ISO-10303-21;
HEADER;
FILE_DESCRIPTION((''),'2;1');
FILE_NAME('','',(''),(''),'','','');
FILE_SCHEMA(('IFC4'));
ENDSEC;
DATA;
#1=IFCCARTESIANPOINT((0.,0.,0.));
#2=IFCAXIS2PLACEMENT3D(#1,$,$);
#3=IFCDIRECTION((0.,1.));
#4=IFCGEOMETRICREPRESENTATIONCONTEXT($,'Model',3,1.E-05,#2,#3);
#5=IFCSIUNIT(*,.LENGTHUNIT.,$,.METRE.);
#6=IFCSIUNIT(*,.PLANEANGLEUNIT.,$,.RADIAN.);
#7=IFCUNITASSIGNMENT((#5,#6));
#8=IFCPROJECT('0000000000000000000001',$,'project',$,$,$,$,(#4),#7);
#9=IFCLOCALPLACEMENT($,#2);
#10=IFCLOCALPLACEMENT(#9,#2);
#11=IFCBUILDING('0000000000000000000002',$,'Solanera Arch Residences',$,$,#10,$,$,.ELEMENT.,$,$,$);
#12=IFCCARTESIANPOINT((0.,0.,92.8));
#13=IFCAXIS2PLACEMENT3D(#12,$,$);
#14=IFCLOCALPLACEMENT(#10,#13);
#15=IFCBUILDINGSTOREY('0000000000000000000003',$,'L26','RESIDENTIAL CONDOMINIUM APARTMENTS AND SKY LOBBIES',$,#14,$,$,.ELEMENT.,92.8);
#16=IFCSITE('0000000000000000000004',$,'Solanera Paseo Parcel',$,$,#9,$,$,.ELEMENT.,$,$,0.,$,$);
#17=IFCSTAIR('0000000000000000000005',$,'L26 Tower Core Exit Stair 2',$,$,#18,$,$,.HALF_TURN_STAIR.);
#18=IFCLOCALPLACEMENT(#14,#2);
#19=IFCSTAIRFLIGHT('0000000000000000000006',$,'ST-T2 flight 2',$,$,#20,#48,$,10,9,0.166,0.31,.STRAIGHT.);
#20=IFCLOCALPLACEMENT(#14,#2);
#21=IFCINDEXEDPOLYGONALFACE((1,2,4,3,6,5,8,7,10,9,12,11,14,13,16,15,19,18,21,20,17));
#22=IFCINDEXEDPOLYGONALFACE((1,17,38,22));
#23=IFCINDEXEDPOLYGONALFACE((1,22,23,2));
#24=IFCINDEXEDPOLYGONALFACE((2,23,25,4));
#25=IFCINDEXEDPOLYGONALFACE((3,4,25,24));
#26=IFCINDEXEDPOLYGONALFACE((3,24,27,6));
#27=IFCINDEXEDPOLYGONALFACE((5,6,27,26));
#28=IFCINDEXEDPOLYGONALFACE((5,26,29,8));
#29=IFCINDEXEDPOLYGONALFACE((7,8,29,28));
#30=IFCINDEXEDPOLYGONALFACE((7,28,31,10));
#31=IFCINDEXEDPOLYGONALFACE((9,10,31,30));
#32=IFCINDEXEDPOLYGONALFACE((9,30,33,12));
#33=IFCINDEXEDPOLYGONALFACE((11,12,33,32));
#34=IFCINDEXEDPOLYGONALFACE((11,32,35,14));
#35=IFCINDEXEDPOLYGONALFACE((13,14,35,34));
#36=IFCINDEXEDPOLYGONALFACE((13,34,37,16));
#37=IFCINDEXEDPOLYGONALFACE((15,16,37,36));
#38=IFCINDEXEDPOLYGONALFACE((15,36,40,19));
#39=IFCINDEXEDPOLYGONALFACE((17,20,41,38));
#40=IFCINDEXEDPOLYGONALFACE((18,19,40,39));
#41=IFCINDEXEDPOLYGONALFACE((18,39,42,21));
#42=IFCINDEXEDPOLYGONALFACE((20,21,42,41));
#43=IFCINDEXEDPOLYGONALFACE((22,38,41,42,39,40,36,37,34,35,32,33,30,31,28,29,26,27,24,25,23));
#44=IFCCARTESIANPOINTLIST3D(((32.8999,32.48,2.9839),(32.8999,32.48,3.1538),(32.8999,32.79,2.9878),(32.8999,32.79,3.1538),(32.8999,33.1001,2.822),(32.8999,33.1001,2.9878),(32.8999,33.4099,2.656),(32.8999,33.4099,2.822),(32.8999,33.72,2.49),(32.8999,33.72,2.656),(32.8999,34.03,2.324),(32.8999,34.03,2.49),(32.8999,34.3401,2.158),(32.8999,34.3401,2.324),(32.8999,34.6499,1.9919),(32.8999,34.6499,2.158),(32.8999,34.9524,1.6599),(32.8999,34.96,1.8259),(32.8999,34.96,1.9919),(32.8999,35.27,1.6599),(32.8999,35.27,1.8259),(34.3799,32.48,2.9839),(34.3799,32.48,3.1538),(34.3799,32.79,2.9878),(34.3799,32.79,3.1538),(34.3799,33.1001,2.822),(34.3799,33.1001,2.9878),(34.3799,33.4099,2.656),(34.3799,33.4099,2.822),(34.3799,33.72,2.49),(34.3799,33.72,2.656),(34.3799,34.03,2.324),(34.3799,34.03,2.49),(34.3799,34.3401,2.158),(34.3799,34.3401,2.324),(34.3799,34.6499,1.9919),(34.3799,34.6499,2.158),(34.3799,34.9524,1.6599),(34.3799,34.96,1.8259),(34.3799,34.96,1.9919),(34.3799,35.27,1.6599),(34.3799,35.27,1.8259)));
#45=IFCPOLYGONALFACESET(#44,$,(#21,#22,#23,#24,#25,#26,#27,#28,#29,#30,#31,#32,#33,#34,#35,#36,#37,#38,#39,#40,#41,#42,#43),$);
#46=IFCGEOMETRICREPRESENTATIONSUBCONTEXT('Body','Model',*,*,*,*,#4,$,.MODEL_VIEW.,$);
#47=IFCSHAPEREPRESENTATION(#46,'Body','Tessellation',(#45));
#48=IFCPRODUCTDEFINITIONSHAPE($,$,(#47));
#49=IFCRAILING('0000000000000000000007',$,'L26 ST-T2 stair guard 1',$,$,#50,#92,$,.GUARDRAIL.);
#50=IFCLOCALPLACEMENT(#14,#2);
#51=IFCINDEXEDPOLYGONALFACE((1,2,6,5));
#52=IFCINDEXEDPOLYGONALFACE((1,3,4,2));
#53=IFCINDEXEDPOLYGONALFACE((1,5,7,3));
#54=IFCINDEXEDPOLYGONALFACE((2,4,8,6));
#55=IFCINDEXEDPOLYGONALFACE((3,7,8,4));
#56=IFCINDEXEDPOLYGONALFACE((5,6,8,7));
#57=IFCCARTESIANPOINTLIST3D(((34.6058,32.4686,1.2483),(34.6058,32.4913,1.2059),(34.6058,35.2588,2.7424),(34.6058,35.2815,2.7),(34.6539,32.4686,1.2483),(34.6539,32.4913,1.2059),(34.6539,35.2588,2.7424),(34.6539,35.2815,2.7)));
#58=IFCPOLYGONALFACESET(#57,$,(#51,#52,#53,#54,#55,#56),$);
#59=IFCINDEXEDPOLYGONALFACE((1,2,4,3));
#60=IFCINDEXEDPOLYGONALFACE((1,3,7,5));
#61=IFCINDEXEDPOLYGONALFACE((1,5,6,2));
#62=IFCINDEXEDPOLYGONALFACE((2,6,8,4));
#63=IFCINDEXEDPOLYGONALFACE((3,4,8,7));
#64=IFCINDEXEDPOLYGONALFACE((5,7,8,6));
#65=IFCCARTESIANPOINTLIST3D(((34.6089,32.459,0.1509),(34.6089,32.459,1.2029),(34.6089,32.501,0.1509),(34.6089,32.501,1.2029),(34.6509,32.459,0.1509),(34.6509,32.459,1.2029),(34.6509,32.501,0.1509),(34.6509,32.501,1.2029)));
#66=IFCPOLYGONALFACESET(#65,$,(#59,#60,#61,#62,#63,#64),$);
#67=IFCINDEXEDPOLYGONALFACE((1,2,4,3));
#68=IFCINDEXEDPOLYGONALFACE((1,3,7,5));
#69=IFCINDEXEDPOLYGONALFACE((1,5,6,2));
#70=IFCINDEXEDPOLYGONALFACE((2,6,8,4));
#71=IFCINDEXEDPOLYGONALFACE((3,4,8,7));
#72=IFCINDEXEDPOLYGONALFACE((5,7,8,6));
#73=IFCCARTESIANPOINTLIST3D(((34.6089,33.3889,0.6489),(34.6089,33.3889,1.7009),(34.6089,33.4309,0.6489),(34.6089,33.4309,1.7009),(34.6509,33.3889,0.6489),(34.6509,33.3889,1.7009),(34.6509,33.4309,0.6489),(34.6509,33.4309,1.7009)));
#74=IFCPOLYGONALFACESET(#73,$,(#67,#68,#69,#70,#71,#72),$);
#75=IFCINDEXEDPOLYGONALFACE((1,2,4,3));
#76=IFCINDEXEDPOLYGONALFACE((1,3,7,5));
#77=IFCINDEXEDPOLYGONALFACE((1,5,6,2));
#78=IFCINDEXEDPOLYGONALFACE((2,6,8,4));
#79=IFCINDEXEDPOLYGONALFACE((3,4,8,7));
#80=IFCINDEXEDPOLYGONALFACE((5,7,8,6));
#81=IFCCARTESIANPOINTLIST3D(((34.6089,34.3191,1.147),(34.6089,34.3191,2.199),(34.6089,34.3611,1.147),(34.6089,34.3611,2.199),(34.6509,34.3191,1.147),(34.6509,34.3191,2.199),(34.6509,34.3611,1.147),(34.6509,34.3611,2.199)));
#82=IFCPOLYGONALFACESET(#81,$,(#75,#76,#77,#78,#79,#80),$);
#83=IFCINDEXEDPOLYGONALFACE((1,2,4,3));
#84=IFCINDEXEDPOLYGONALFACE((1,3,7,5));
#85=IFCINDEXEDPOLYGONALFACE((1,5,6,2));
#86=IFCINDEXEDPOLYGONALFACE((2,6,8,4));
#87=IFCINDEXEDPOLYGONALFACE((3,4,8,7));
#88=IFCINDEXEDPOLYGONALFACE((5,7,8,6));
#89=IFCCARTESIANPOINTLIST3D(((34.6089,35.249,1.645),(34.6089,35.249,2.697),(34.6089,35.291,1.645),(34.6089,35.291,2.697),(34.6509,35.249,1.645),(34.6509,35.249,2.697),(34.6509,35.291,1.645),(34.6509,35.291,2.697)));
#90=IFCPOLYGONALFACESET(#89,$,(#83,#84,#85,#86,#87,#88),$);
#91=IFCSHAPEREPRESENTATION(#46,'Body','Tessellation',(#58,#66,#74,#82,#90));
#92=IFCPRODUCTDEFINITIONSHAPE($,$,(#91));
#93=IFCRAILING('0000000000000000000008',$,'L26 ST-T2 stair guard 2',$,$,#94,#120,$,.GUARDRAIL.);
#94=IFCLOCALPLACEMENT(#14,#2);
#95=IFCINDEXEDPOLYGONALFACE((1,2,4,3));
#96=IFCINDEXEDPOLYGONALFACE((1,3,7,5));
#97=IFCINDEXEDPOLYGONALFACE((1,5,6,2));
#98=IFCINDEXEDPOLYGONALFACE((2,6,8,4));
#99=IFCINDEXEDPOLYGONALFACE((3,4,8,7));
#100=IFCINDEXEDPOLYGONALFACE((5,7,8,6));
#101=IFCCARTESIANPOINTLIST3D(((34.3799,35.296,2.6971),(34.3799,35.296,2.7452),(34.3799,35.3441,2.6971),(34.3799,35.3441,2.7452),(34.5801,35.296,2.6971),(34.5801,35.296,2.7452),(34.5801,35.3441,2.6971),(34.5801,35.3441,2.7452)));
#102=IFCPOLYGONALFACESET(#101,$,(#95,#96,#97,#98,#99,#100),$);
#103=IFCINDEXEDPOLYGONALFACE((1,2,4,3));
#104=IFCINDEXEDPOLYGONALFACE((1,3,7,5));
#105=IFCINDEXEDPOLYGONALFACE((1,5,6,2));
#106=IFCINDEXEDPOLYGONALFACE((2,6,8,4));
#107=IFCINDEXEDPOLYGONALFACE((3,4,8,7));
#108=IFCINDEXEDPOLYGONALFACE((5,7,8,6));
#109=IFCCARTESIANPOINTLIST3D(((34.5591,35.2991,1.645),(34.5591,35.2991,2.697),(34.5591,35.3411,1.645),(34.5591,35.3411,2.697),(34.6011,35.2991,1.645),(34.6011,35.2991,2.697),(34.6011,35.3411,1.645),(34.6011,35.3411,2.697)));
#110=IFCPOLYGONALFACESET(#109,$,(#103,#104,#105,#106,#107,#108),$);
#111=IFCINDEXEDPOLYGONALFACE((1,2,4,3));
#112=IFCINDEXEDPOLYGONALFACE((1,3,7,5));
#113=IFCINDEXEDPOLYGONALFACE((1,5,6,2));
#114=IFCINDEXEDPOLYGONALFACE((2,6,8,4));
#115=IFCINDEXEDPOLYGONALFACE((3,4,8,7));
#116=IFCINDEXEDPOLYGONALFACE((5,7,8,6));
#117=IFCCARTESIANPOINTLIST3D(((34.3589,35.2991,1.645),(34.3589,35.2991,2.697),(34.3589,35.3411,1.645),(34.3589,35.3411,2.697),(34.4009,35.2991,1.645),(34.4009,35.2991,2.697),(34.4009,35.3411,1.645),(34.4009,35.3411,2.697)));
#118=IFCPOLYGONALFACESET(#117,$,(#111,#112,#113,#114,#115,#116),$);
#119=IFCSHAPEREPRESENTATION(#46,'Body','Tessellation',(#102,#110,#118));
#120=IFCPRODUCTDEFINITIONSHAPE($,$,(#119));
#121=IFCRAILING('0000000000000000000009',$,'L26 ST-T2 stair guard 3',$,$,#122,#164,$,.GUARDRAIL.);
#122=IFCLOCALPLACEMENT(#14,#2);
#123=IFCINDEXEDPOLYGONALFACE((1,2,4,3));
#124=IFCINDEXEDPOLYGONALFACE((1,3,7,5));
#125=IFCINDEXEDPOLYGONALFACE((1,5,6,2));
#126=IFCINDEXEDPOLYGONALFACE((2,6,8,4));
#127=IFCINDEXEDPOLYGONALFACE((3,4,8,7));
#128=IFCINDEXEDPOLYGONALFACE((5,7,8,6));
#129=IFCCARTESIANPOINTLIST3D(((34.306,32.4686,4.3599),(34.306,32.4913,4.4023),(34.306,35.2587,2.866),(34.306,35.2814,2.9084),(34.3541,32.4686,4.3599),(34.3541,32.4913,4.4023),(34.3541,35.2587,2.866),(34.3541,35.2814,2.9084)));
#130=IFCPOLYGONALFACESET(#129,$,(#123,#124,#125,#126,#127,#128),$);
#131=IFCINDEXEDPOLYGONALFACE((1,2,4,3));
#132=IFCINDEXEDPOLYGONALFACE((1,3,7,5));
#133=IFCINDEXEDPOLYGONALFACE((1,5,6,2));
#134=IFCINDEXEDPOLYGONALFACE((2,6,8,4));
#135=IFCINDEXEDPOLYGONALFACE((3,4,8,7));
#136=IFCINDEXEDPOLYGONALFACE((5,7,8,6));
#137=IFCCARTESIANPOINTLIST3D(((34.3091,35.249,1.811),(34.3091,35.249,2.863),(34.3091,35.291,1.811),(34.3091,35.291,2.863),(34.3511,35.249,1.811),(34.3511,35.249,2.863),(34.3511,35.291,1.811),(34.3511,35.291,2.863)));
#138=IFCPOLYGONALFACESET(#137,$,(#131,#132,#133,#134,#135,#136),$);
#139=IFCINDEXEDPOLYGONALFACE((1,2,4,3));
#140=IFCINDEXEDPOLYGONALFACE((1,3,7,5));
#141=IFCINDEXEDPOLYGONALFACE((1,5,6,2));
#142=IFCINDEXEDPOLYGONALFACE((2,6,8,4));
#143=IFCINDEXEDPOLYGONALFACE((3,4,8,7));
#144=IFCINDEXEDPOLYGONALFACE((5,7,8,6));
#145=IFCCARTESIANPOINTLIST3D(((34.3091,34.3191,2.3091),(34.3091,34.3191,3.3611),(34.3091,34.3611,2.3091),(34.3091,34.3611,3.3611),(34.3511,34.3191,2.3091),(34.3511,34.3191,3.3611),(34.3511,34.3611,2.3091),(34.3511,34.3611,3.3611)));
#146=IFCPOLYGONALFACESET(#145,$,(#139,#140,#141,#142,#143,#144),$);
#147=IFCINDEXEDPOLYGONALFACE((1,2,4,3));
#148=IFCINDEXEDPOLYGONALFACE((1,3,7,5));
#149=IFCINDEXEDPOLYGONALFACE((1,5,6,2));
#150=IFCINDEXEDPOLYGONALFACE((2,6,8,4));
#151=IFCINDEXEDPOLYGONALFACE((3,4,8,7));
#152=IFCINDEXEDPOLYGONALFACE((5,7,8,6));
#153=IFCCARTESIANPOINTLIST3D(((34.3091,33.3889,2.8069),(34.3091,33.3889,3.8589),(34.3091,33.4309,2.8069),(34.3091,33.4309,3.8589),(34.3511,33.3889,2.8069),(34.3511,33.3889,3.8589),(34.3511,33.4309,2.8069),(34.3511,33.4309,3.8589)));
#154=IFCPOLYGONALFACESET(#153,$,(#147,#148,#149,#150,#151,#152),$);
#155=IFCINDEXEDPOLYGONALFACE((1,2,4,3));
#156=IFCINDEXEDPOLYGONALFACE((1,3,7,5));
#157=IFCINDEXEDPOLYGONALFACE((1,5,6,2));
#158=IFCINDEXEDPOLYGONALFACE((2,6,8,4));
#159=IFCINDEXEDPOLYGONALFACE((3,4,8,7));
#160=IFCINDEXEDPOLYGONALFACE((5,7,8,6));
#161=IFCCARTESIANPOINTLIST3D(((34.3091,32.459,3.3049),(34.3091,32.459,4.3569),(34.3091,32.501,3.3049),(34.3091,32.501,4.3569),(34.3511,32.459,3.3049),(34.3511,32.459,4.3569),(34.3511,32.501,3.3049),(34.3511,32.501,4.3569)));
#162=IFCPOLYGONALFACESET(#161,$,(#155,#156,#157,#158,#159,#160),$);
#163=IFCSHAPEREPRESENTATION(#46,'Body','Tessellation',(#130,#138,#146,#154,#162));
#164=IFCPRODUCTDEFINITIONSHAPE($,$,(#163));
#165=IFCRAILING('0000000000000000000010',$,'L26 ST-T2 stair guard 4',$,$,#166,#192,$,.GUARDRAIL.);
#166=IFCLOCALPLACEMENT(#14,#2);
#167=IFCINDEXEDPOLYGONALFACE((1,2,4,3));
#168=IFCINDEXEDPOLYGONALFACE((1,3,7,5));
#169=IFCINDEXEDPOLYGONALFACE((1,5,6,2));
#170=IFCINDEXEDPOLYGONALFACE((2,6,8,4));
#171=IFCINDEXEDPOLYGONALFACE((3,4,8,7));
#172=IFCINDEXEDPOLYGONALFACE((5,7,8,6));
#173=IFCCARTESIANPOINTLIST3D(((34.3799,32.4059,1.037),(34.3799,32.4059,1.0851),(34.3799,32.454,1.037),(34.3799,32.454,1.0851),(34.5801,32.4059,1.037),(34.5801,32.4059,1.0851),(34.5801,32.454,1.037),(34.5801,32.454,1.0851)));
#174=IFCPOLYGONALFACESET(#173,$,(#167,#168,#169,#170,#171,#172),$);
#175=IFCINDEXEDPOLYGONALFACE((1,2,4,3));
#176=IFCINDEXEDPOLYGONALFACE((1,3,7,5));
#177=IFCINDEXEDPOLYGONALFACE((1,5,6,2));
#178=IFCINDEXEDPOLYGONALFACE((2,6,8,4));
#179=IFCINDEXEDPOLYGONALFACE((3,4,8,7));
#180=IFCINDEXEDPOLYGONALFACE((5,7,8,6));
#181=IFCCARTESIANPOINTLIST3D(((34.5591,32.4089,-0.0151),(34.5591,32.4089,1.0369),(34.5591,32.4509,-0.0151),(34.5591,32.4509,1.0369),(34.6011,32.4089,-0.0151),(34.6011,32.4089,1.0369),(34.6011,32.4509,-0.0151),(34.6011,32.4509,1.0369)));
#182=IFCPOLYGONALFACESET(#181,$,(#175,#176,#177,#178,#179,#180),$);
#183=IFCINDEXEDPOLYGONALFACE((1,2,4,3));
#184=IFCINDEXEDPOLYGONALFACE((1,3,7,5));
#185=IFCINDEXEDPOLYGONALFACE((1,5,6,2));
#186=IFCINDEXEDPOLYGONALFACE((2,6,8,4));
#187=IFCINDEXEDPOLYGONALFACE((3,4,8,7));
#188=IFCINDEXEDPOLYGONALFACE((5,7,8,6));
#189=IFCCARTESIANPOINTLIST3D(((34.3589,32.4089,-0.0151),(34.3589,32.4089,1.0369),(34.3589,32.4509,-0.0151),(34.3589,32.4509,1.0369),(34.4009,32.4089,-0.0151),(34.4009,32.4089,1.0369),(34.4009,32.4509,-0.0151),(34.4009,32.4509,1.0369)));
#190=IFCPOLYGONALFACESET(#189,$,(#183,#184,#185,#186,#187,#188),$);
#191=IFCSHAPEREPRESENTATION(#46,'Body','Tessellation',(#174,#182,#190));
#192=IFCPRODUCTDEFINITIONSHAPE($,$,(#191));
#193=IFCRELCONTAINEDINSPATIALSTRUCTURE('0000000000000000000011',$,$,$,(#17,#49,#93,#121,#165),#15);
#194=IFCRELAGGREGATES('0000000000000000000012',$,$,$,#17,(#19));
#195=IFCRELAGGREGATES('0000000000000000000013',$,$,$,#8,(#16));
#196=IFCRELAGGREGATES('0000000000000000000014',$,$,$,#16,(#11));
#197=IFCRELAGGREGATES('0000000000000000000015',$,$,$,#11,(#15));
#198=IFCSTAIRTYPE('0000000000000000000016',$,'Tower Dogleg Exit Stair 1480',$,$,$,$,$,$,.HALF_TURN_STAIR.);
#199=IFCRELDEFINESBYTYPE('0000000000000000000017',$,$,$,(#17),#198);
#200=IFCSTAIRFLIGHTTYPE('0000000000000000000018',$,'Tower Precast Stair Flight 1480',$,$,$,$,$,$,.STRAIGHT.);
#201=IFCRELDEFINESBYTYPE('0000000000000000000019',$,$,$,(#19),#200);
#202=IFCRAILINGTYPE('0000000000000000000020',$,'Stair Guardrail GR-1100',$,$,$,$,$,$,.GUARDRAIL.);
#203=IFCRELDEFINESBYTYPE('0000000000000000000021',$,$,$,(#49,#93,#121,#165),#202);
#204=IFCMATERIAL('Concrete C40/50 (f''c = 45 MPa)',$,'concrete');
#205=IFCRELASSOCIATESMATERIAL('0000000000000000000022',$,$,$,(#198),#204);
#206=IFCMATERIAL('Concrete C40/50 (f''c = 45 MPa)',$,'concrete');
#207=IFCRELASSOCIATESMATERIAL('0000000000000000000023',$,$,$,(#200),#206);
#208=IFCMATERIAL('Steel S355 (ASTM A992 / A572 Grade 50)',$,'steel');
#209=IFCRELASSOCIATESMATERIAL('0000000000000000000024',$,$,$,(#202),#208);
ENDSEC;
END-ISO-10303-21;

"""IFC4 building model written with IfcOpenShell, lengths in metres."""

from ifc_helpers import new_model, si_unit, direction, frame, origin, origin_2d, place, context, subcontext, project, spatial, polyline, rectangle, outline, extrude, material, type_object, element, aggregate, save


model = new_model("IFC4")

# Units and contexts
model_context = context("Model", 3, precision=1e-05, world=origin(), true_north=direction((0.0, 1.0)))
body_context = subcontext(model_context, "Body", "Model", "MODEL_VIEW")
ifc_project = project(units=[si_unit("LENGTHUNIT", "METRE"), si_unit("PLANEANGLEUNIT", "RADIAN")], contexts=[model_context])

# Site, building, storey
site_placement = place(None, origin())
site = spatial("IfcSite", under=ifc_project, at=site_placement, Name="Solanera Paseo Parcel", CompositionType="ELEMENT", RefElevation=0.0)
building_placement = place(site_placement, origin())
building = spatial("IfcBuilding", under=site, at=building_placement, Name="Solanera Arch Residences", CompositionType="ELEMENT")
storey_placement = place(building_placement, frame((0.0, 0.0, 92.8)))
storey = spatial("IfcBuildingStorey", under=building, at=storey_placement, Name="L26", Description="RESIDENTIAL CONDOMINIUM APARTMENTS AND SKY LOBBIES", CompositionType="ELEMENT", Elevation=92.8)

# Stair, stair flight
ifc_material_1 = material(Name="Concrete C40/50 (f'c = 45 MPa)", Category="concrete")
stair_type = type_object("IfcStairType", Name="Tower Dogleg Exit Stair 1480", PredefinedType="HALF_TURN_STAIR", material=ifc_material_1)
stair_placement = place(storey_placement, origin())
stair = element("IfcStair", 1, at=stair_placement, inside=storey, type_object=stair_type, Name="L26 Tower Core Exit Stair 2", PredefinedType="HALF_TURN_STAIR")
ifc_material_2 = material(Name="Concrete C40/50 (f'c = 45 MPa)", Category="concrete")
stair_flight_type = type_object("IfcStairFlightType", Name="Tower Precast Stair Flight 1480", PredefinedType="STRAIGHT", material=ifc_material_2)
stair_flight_1_placement = place(storey_placement, frame((33.6399, 35.27, 1.6599), z_axis=(0.0, 0.0, 1.0), x_axis=(0.0, -1.0, 0.0)))
stair_flight_1 = element("IfcStairFlight", 2, at=stair_flight_1_placement, type_object=stair_flight_type, Name="ST-T2 flight 2", NumberOfRisers=10, NumberOfTreads=9, PredefinedType="STRAIGHT", RiserHeight=0.166, TreadLength=0.31, context=body_context, shape_type="SweptSolid", body=[
    extrude(outline(polyline([(0.0, 0.0), (0.0, 0.166), (0.3101, 0.166), (0.3101, 0.332), (0.6201, 0.332), (0.6201, 0.498), (0.9299, 0.498), (0.9299, 0.6641), (1.24, 0.6641), (1.24, 0.8301), (1.55, 0.8301), (1.55, 0.9961), (1.8601, 0.9961), (1.8601, 1.1621), (2.1699, 1.1621), (2.1699, 1.3279), (2.48, 1.3279), (2.48, 1.4939), (2.79, 1.4939), (2.79, 1.6599), (2.79, 1.324), (0.3176, 0.0), (0.0, 0.0)])), frame((0.0, 0.74, 0.0), z_axis=(0.0, -1.0, 0.0), x_axis=(1.0, 0.0, 0.0)), (0.0, 0.0, 1.0), 1.48),
])
aggregate(stair, [stair_flight_1])

# Railings
ifc_material_3 = material(Name="Steel S355 (ASTM A992 / A572 Grade 50)", Category="steel")
railing_type_1 = type_object("IfcRailingType", Name="Stair Guardrail GR-1100", PredefinedType="GUARDRAIL", material=ifc_material_3)
railing_1_placement = place(storey_placement, frame((34.6299, 32.48, 0.1509)))
element("IfcRailing", 3, at=railing_1_placement, inside=storey, type_object=railing_type_1, Name="L26 ST-T2 stair guard 1", PredefinedType="GUARDRAIL", context=body_context, shape_type="SweptSolid", body=[
    extrude(rectangle(XDim=0.0481, YDim=0.0481, at=origin_2d()), frame((0.0, 0.0, 1.0762), z_axis=(0.0, 0.881549, 0.472093), x_axis=(-1.0, 0.0, 0.0)), (0.0, 0.0, 1.0), 3.165),
    extrude(rectangle(XDim=0.042, YDim=0.042, at=origin_2d()), origin(), (0.0, 0.0, 1.0), 1.052),
    extrude(rectangle(XDim=0.042, YDim=0.042, at=origin_2d()), frame((0.0, 0.9299, 0.498)), (0.0, 0.0, 1.0), 1.052),
    extrude(rectangle(XDim=0.042, YDim=0.042, at=origin_2d()), frame((0.0, 1.8601, 0.9961)), (0.0, 0.0, 1.0), 1.052),
    extrude(rectangle(XDim=0.042, YDim=0.042, at=origin_2d()), frame((0.0, 2.79, 1.4941)), (0.0, 0.0, 1.0), 1.052),
])
railing_2_placement = place(storey_placement, frame((34.5801, 35.3201, 1.645)))
element("IfcRailing", 4, at=railing_2_placement, inside=storey, type_object=railing_type_1, Name="L26 ST-T2 stair guard 2", PredefinedType="GUARDRAIL", context=body_context, shape_type="SweptSolid", body=[
    extrude(rectangle(XDim=0.0481, YDim=0.0481, at=origin_2d()), frame((0.0, 0.0, 1.0762), z_axis=(-1.0, 0.0, 0.0), x_axis=(0.0, -1.0, 0.0)), (0.0, 0.0, 1.0), 0.2002),
    extrude(rectangle(XDim=0.042, YDim=0.042, at=origin_2d()), origin(), (0.0, 0.0, 1.0), 1.052),
    extrude(rectangle(XDim=0.042, YDim=0.042, at=origin_2d()), frame((-0.2002, 0.0, 0.0)), (0.0, 0.0, 1.0), 1.052),
])
railing_3_placement = place(storey_placement, frame((34.3301, 35.27, 1.811)))
element("IfcRailing", 5, at=railing_3_placement, inside=storey, type_object=railing_type_1, Name="L26 ST-T2 stair guard 3", PredefinedType="GUARDRAIL", context=body_context, shape_type="SweptSolid", body=[
    extrude(rectangle(XDim=0.0481, YDim=0.0481, at=origin_2d()), frame((0.0, 0.0, 1.0762), z_axis=(0.0, -0.881581, 0.472033), x_axis=(1.0, 0.0, 0.0)), (0.0, 0.0, 1.0), 3.1648),
    extrude(rectangle(XDim=0.042, YDim=0.042, at=origin_2d()), origin(), (0.0, 0.0, 1.0), 1.052),
    extrude(rectangle(XDim=0.042, YDim=0.042, at=origin_2d()), frame((0.0, -0.9299, 0.498)), (0.0, 0.0, 1.0), 1.052),
    extrude(rectangle(XDim=0.042, YDim=0.042, at=origin_2d()), frame((0.0, -1.8601, 0.9958)), (0.0, 0.0, 1.0), 1.052),
    extrude(rectangle(XDim=0.042, YDim=0.042, at=origin_2d()), frame((0.0, -2.79, 1.4939)), (0.0, 0.0, 1.0), 1.052),
])
railing_4_placement = place(storey_placement, frame((34.5801, 32.4299, -0.0151)))
element("IfcRailing", 6, at=railing_4_placement, inside=storey, type_object=railing_type_1, Name="L26 ST-T2 stair guard 4", PredefinedType="GUARDRAIL", context=body_context, shape_type="SweptSolid", body=[
    extrude(rectangle(XDim=0.0481, YDim=0.0481, at=origin_2d()), frame((0.0, 0.0, 1.0762), z_axis=(-1.0, 0.0, 0.0), x_axis=(0.0, -1.0, 0.0)), (0.0, 0.0, 1.0), 0.2002),
    extrude(rectangle(XDim=0.042, YDim=0.042, at=origin_2d()), origin(), (0.0, 0.0, 1.0), 1.052),
    extrude(rectangle(XDim=0.042, YDim=0.042, at=origin_2d()), frame((-0.2002, 0.0, 0.0)), (0.0, 0.0, 1.0), 1.052),
])

save(model, "model.ifc")
